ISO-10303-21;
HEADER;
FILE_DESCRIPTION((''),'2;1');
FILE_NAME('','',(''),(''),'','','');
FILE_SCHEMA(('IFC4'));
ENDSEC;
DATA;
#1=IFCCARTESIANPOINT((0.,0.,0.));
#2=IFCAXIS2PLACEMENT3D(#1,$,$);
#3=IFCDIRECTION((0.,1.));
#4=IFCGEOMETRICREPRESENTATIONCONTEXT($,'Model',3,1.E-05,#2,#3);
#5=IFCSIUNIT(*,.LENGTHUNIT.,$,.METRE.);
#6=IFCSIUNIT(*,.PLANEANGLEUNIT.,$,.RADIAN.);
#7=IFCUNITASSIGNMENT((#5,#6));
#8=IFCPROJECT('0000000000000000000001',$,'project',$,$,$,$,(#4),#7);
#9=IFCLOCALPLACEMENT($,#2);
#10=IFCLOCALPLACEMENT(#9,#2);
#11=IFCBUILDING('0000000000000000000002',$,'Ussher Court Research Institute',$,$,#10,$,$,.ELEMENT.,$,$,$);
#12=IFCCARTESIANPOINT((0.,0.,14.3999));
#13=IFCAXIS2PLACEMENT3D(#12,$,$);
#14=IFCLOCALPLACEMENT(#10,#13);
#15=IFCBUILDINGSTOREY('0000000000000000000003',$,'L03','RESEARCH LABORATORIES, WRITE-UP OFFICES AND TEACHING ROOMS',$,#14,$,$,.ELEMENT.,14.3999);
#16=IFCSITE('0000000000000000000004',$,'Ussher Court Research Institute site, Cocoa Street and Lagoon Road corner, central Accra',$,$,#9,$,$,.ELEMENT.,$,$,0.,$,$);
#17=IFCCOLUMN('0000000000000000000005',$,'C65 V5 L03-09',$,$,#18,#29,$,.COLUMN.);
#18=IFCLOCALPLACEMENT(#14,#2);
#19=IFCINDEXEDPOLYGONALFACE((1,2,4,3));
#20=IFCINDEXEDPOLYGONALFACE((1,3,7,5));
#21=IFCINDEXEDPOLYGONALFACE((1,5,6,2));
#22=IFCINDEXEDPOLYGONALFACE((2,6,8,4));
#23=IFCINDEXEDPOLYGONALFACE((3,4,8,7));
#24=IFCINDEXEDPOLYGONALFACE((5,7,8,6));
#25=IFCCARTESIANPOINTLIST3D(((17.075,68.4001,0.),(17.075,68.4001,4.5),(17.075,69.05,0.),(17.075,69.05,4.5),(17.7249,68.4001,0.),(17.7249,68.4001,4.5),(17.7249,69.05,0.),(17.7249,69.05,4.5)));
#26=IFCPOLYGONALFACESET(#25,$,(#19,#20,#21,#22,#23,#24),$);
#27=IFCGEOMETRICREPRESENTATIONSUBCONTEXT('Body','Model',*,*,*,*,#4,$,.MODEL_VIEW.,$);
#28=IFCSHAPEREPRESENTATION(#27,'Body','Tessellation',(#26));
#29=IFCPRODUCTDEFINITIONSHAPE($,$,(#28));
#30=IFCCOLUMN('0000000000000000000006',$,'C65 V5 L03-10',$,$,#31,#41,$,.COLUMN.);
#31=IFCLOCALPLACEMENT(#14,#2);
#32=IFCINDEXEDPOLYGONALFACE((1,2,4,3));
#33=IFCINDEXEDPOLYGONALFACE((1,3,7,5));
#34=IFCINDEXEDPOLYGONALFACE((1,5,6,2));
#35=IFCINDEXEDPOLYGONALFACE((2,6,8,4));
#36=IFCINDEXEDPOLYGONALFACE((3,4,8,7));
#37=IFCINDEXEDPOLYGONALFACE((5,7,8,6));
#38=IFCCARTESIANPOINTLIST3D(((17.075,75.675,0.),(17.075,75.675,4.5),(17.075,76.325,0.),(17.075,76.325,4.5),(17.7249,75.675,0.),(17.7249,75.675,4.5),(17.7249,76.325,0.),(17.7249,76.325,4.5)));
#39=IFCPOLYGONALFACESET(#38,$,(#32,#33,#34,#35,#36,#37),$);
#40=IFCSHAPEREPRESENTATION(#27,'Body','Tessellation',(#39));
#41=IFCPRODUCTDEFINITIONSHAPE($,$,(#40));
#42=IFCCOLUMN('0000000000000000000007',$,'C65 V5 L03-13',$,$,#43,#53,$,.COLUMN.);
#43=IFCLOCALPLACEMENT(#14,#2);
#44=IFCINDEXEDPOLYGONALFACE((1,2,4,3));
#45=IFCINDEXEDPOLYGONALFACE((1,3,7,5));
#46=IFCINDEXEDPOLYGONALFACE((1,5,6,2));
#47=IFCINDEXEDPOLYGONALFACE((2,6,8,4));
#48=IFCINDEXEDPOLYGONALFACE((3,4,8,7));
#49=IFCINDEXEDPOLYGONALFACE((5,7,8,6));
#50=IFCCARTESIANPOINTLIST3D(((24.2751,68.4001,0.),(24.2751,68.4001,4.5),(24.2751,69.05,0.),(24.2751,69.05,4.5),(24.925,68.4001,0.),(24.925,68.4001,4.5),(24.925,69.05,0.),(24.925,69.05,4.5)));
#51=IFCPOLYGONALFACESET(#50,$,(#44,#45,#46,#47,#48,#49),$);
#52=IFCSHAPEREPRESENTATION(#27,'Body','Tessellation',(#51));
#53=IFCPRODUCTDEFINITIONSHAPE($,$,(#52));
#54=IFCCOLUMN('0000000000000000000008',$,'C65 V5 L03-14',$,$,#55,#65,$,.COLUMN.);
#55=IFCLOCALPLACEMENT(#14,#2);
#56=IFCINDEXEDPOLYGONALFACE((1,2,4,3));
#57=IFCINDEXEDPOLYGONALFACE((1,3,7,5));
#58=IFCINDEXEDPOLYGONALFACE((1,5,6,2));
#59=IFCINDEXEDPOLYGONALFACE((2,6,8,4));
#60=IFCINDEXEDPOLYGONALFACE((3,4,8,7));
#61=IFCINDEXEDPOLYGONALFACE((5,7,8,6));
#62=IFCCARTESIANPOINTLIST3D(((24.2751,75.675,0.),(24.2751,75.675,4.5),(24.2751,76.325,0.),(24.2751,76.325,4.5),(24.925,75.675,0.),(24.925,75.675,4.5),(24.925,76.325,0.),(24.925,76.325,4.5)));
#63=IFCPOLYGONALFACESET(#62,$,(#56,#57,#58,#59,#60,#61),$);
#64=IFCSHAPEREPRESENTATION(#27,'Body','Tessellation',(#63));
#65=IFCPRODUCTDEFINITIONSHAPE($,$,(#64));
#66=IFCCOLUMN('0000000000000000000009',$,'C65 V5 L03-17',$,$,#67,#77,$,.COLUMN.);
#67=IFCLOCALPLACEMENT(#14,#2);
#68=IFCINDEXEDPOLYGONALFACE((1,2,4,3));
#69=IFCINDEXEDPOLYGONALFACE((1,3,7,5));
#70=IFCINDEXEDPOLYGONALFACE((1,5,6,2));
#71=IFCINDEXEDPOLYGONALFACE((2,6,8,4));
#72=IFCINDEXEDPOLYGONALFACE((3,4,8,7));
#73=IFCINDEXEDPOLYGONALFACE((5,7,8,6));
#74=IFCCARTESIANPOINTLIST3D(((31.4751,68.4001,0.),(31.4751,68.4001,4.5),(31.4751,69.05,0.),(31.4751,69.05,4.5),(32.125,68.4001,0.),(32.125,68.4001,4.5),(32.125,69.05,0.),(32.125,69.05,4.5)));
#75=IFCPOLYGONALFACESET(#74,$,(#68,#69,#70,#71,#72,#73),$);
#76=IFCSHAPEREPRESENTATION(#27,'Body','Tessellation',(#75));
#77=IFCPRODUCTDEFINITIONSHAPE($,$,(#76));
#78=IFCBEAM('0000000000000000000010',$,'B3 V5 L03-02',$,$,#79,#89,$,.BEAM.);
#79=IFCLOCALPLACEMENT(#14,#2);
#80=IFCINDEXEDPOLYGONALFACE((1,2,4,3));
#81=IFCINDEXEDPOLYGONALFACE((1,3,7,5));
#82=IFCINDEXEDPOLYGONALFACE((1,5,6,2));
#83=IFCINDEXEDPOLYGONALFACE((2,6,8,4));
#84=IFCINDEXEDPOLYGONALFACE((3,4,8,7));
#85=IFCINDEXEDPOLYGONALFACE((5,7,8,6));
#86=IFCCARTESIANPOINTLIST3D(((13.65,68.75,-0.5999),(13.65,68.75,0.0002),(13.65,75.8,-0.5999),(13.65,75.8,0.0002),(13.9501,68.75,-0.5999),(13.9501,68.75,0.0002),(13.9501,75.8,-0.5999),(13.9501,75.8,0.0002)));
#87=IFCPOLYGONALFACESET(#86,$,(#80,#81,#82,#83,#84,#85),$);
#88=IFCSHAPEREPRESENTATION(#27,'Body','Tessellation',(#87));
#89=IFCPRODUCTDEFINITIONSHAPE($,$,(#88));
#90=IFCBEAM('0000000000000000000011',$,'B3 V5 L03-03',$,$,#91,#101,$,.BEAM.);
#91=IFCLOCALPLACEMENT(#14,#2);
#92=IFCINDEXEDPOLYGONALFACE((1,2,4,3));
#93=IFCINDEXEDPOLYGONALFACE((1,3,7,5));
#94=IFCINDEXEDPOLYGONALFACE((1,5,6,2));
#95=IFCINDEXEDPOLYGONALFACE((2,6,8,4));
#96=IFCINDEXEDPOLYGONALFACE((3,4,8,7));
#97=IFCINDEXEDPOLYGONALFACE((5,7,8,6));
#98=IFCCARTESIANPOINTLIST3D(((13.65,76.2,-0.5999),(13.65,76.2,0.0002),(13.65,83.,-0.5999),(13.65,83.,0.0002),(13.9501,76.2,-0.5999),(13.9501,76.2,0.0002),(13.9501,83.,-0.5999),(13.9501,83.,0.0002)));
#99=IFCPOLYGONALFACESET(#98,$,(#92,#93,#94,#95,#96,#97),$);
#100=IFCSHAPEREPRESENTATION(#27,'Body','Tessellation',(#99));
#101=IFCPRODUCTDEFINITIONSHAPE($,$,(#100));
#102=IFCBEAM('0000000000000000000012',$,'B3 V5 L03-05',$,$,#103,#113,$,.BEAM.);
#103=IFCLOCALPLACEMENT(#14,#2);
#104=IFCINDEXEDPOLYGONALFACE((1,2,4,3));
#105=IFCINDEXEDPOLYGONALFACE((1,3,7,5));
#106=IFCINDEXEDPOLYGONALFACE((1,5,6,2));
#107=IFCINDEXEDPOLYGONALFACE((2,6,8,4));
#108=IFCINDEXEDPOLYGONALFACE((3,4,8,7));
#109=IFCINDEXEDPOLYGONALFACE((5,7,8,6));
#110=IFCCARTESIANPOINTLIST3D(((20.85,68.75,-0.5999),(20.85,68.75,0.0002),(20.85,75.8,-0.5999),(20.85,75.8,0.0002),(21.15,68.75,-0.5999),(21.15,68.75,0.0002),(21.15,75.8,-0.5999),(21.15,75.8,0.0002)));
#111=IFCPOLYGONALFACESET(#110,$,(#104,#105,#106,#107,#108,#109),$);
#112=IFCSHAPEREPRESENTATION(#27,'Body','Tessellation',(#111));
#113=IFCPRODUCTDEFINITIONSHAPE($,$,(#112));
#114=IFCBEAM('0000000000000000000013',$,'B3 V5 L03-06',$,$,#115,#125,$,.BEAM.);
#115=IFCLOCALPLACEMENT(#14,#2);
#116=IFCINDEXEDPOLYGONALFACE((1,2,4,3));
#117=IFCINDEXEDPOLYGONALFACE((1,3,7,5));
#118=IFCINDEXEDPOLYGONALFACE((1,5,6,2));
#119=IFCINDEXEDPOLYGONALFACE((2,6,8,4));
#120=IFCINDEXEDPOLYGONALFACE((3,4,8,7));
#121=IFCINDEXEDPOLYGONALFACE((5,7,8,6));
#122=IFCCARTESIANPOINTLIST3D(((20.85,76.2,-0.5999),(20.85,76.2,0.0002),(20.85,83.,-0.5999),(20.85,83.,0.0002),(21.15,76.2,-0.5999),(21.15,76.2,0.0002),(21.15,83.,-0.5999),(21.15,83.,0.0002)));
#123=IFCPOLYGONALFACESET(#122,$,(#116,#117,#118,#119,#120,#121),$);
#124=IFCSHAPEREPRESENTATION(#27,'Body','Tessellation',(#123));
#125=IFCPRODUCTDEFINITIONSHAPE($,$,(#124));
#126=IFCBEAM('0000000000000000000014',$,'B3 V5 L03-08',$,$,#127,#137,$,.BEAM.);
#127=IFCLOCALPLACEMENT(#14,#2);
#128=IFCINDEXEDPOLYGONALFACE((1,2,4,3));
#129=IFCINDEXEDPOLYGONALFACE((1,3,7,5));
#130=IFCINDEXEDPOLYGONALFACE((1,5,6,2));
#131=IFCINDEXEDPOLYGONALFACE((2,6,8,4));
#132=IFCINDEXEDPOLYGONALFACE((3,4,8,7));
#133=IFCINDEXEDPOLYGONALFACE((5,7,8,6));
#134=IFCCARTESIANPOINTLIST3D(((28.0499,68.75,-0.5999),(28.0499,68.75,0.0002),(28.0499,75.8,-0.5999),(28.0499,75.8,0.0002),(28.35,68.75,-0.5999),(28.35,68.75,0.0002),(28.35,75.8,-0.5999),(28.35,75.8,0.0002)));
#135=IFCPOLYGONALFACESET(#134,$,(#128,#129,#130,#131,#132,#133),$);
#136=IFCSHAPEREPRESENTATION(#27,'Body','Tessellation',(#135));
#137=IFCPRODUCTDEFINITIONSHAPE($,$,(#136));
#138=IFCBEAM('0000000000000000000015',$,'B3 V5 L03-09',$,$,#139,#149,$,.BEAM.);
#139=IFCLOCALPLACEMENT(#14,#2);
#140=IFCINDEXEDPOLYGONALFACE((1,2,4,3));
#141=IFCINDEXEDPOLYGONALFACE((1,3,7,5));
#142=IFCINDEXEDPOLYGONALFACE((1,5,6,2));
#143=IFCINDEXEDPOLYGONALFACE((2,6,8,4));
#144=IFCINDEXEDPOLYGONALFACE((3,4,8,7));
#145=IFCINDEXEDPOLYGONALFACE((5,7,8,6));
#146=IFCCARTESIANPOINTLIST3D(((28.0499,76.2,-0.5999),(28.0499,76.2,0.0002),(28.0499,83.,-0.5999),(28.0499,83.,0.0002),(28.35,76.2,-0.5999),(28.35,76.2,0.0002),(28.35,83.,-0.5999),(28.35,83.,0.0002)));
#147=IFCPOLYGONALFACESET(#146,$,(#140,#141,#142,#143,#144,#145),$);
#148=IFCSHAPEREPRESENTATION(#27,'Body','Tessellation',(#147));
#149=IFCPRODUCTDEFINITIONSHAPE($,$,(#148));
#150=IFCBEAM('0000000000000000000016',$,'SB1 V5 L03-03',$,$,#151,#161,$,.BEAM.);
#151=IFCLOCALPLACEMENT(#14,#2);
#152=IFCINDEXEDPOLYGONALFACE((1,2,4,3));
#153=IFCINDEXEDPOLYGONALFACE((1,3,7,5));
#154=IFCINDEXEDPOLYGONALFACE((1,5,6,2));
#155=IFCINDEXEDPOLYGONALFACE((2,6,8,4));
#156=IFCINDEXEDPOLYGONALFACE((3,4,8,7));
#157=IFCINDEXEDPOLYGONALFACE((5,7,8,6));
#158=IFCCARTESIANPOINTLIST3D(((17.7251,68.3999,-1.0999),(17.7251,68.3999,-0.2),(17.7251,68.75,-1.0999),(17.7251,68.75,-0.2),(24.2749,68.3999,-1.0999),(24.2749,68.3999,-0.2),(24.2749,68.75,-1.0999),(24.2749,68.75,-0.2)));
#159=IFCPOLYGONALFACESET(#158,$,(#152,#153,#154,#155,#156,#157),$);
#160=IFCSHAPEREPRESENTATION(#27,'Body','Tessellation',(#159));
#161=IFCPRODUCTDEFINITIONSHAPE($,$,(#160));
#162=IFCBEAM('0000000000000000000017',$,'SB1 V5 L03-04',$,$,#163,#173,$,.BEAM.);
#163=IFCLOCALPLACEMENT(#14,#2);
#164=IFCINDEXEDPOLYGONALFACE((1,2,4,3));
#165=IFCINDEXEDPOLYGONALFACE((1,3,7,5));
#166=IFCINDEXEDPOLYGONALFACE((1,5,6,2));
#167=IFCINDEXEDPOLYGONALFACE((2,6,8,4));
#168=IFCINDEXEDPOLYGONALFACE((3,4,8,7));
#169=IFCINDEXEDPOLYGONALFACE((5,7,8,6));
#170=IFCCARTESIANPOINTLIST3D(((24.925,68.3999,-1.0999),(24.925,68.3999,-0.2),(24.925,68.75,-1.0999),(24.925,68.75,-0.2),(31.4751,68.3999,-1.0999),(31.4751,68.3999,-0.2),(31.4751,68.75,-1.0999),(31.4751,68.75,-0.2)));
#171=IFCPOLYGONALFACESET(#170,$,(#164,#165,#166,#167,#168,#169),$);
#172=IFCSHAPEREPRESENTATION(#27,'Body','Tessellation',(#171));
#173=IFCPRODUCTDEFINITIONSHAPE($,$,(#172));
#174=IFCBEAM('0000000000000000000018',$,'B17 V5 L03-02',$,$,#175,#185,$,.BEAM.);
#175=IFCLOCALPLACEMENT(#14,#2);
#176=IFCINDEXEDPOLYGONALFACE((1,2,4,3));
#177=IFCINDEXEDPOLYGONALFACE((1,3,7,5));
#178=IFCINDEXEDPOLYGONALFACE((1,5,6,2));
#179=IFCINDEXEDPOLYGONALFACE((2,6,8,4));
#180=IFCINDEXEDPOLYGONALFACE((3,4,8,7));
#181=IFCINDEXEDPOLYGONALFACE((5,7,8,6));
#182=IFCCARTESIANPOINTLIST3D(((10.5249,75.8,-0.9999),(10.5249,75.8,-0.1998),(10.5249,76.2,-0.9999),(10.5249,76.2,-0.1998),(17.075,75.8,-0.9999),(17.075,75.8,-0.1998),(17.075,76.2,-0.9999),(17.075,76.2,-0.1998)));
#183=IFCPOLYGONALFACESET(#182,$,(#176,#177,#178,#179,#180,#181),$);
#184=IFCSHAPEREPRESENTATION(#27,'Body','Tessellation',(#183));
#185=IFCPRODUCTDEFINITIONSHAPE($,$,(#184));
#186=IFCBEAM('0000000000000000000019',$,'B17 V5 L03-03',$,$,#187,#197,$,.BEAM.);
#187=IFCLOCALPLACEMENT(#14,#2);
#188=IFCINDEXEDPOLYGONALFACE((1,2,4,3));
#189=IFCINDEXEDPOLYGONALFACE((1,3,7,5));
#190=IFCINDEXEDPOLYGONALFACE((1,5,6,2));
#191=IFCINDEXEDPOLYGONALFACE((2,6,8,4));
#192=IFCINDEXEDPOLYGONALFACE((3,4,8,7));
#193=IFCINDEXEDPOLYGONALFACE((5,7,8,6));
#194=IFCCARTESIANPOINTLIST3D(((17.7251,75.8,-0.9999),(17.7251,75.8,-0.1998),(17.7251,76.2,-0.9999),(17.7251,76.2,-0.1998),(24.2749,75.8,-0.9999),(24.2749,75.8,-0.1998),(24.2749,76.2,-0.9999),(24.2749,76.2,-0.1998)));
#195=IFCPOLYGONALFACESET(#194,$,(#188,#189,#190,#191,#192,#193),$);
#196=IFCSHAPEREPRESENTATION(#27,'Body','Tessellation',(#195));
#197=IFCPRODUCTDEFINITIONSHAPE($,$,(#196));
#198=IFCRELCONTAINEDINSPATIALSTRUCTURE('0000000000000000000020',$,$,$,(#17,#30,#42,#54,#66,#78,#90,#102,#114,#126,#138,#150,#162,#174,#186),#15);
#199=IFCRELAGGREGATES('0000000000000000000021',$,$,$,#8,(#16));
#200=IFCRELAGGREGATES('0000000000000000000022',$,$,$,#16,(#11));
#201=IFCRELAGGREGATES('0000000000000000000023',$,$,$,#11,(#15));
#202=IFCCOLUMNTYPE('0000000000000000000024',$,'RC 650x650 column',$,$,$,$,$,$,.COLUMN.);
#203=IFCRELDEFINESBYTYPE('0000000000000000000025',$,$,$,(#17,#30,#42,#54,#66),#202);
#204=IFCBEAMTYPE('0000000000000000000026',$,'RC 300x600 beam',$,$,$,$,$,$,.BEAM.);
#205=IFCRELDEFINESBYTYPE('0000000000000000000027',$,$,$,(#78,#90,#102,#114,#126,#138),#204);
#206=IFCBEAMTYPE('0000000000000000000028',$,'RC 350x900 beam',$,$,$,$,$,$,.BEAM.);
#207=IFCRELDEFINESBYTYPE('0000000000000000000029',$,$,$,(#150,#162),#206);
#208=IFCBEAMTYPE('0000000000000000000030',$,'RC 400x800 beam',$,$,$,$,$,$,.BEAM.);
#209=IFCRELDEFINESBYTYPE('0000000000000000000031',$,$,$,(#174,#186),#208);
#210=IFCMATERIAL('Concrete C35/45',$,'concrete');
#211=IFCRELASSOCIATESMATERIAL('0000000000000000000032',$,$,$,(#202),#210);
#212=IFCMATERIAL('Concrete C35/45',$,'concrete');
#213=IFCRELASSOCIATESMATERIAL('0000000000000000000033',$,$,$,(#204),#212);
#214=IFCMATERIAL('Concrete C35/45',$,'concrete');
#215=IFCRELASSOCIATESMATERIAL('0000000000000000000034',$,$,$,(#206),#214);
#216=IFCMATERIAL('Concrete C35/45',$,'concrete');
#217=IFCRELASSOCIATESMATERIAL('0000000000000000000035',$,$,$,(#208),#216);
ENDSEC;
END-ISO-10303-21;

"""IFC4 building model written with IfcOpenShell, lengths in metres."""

from ifc_helpers import new_model, si_unit, direction, frame, origin, origin_2d, place, context, subcontext, project, spatial, rectangle, extrude, material, material_profile, profile_set, type_object, element, save


model = new_model("IFC4")

# Units and contexts
model_context = context("Model", 3, precision=1e-05, world=origin(), true_north=direction((0.0, 1.0)))
body_context = subcontext(model_context, "Body", "Model", "MODEL_VIEW")
ifc_project = project(units=[si_unit("LENGTHUNIT", "METRE"), si_unit("PLANEANGLEUNIT", "RADIAN")], contexts=[model_context])

# Site, building, storey
site_placement = place(None, origin())
site = spatial("IfcSite", under=ifc_project, at=site_placement, Name="Ussher Court Research Institute site, Cocoa Street and Lagoon Road corner, central Accra", CompositionType="ELEMENT", RefElevation=0.0)
building_placement = place(site_placement, origin())
building = spatial("IfcBuilding", under=site, at=building_placement, Name="Ussher Court Research Institute", CompositionType="ELEMENT")
storey_placement = place(building_placement, frame((0.0, 0.0, 14.3999)))
storey = spatial("IfcBuildingStorey", under=building, at=storey_placement, Name="L03", Description="RESEARCH LABORATORIES, WRITE-UP OFFICES AND TEACHING ROOMS", CompositionType="ELEMENT", Elevation=14.3999)

# Columns
ifc_material_1 = material(Name="Concrete C35/45", Category="concrete")
ifc_material_profile_1 = material_profile(ifc_material_1, rectangle(XDim=0.6499, YDim=0.6499, at=origin_2d()), Name="RC 650x650")
ifc_profile_set_1 = profile_set([ifc_material_profile_1], Name="Concrete C35/45")
column_type = type_object("IfcColumnType", Name="RC 650x650 column", PredefinedType="COLUMN", material=ifc_profile_set_1)
for number, where, z_axis, x_axis, name in (
    (1, (17.3999, 68.7251, 0.0), (0.0, 0.0, 1.0), (1.0, 0.0, 0.0), "C65 V5 L03-09"),
    (2, (17.3999, 76.0, 0.0), (0.0, 0.0, 1.0), (1.0, 0.0, 0.0), "C65 V5 L03-10"),
    (3, (24.6001, 68.7251, 0.0), (0.0, 0.0, 1.0), (1.0, 0.0, 0.0), "C65 V5 L03-13"),
    (4, (24.6001, 76.0, 0.0), (0.0, 0.0, 1.0), (1.0, 0.0, 0.0), "C65 V5 L03-14"),
    (5, (31.8, 68.7251, 0.0), (0.0, 0.0, 1.0), (1.0, 0.0, 0.0), "C65 V5 L03-17"),
):
    element("IfcColumn", number, at=place(storey_placement, frame(where, z_axis=z_axis, x_axis=x_axis)), inside=storey, type_object=column_type, Name=name, PredefinedType="COLUMN", context=body_context, shape_type="SweptSolid", body=[
        extrude(rectangle(XDim=0.6499, YDim=0.6499, at=origin_2d()), origin(), (0.0, 0.0, 1.0), 4.5),
    ])

# Beams
ifc_material_2 = material(Name="Concrete C35/45", Category="concrete")
ifc_material_profile_2 = material_profile(ifc_material_2, rectangle(XDim=0.3, YDim=0.6001, at=origin_2d()), Name="RC 300x600")
ifc_profile_set_2 = profile_set([ifc_material_profile_2], Name="Concrete C35/45")
beam_type_1 = type_object("IfcBeamType", Name="RC 300x600 beam", PredefinedType="BEAM", material=ifc_profile_set_2)
beam_1_placement = place(storey_placement, frame((13.8, 68.75, -0.2998), z_axis=(0.0, 1.0, 0.0), x_axis=(-1.0, 0.0, 0.0)))
element("IfcBeam", 6, at=beam_1_placement, inside=storey, type_object=beam_type_1, Name="B3 V5 L03-02", PredefinedType="BEAM", context=body_context, shape_type="SweptSolid", body=[
    extrude(rectangle(XDim=0.3, YDim=0.6001, at=origin_2d()), origin(), (0.0, 0.0, 1.0), 7.05),
])
beam_2_placement = place(storey_placement, frame((13.8, 76.2, -0.2998), z_axis=(0.0, 1.0, 0.0), x_axis=(-1.0, 0.0, 0.0)))
element("IfcBeam", 7, at=beam_2_placement, inside=storey, type_object=beam_type_1, Name="B3 V5 L03-03", PredefinedType="BEAM", context=body_context, shape_type="SweptSolid", body=[
    extrude(rectangle(XDim=0.3, YDim=0.6001, at=origin_2d()), origin(), (0.0, 0.0, 1.0), 6.8),
])
beam_3_placement = place(storey_placement, frame((21.0, 68.75, -0.2998), z_axis=(0.0, 1.0, 0.0), x_axis=(-1.0, 0.0, 0.0)))
element("IfcBeam", 8, at=beam_3_placement, inside=storey, type_object=beam_type_1, Name="B3 V5 L03-05", PredefinedType="BEAM", context=body_context, shape_type="SweptSolid", body=[
    extrude(rectangle(XDim=0.3, YDim=0.6001, at=origin_2d()), origin(), (0.0, 0.0, 1.0), 7.05),
])
beam_4_placement = place(storey_placement, frame((21.0, 76.2, -0.2998), z_axis=(0.0, 1.0, 0.0), x_axis=(-1.0, 0.0, 0.0)))
element("IfcBeam", 9, at=beam_4_placement, inside=storey, type_object=beam_type_1, Name="B3 V5 L03-06", PredefinedType="BEAM", context=body_context, shape_type="SweptSolid", body=[
    extrude(rectangle(XDim=0.3, YDim=0.6001, at=origin_2d()), origin(), (0.0, 0.0, 1.0), 6.8),
])
beam_5_placement = place(storey_placement, frame((28.2, 68.75, -0.2998), z_axis=(0.0, 1.0, 0.0), x_axis=(-1.0, 0.0, 0.0)))
element("IfcBeam", 10, at=beam_5_placement, inside=storey, type_object=beam_type_1, Name="B3 V5 L03-08", PredefinedType="BEAM", context=body_context, shape_type="SweptSolid", body=[
    extrude(rectangle(XDim=0.3, YDim=0.6001, at=origin_2d()), origin(), (0.0, 0.0, 1.0), 7.05),
])
beam_6_placement = place(storey_placement, frame((28.2, 76.2, -0.2998), z_axis=(0.0, 1.0, 0.0), x_axis=(-1.0, 0.0, 0.0)))
element("IfcBeam", 11, at=beam_6_placement, inside=storey, type_object=beam_type_1, Name="B3 V5 L03-09", PredefinedType="BEAM", context=body_context, shape_type="SweptSolid", body=[
    extrude(rectangle(XDim=0.3, YDim=0.6001, at=origin_2d()), origin(), (0.0, 0.0, 1.0), 6.8),
])
ifc_material_3 = material(Name="Concrete C35/45", Category="concrete")
ifc_material_profile_3 = material_profile(ifc_material_3, rectangle(XDim=0.3501, YDim=0.8999, at=origin_2d()), Name="RC 350x900")
ifc_profile_set_3 = profile_set([ifc_material_profile_3], Name="Concrete C35/45")
beam_type_2 = type_object("IfcBeamType", Name="RC 350x900 beam", PredefinedType="BEAM", material=ifc_profile_set_3)
beam_7_placement = place(storey_placement, frame((17.7251, 68.575, -0.6499), z_axis=(1.0, 0.0, 0.0), x_axis=(0.0, 1.0, 0.0)))
element("IfcBeam", 12, at=beam_7_placement, inside=storey, type_object=beam_type_2, Name="SB1 V5 L03-03", PredefinedType="BEAM", context=body_context, shape_type="SweptSolid", body=[
    extrude(rectangle(XDim=0.3501, YDim=0.8999, at=origin_2d()), origin(), (0.0, 0.0, 1.0), 6.5498),
])
beam_8_placement = place(storey_placement, frame((24.925, 68.575, -0.6499), z_axis=(1.0, 0.0, 0.0), x_axis=(0.0, 1.0, 0.0)))
element("IfcBeam", 13, at=beam_8_placement, inside=storey, type_object=beam_type_2, Name="SB1 V5 L03-04", PredefinedType="BEAM", context=body_context, shape_type="SweptSolid", body=[
    extrude(rectangle(XDim=0.3501, YDim=0.8999, at=origin_2d()), origin(), (0.0, 0.0, 1.0), 6.55),
])
ifc_material_4 = material(Name="Concrete C35/45", Category="concrete")
ifc_material_profile_4 = material_profile(ifc_material_4, rectangle(XDim=0.3999, YDim=0.8, at=origin_2d()), Name="RC 400x800")
ifc_profile_set_4 = profile_set([ifc_material_profile_4], Name="Concrete C35/45")
beam_type_3 = type_object("IfcBeamType", Name="RC 400x800 beam", PredefinedType="BEAM", material=ifc_profile_set_4)
beam_9_placement = place(storey_placement, frame((10.5249, 76.0, -0.5999), z_axis=(1.0, 0.0, 0.0), x_axis=(0.0, 1.0, 0.0)))
element("IfcBeam", 14, at=beam_9_placement, inside=storey, type_object=beam_type_3, Name="B17 V5 L03-02", PredefinedType="BEAM", context=body_context, shape_type="SweptSolid", body=[
    extrude(rectangle(XDim=0.3999, YDim=0.8, at=origin_2d()), origin(), (0.0, 0.0, 1.0), 6.55),
])
beam_10_placement = place(storey_placement, frame((17.7251, 76.0, -0.5999), z_axis=(1.0, 0.0, 0.0), x_axis=(0.0, 1.0, 0.0)))
element("IfcBeam", 15, at=beam_10_placement, inside=storey, type_object=beam_type_3, Name="B17 V5 L03-03", PredefinedType="BEAM", context=body_context, shape_type="SweptSolid", body=[
    extrude(rectangle(XDim=0.3999, YDim=0.8, at=origin_2d()), origin(), (0.0, 0.0, 1.0), 6.5498),
])

save(model, "model.ifc")
